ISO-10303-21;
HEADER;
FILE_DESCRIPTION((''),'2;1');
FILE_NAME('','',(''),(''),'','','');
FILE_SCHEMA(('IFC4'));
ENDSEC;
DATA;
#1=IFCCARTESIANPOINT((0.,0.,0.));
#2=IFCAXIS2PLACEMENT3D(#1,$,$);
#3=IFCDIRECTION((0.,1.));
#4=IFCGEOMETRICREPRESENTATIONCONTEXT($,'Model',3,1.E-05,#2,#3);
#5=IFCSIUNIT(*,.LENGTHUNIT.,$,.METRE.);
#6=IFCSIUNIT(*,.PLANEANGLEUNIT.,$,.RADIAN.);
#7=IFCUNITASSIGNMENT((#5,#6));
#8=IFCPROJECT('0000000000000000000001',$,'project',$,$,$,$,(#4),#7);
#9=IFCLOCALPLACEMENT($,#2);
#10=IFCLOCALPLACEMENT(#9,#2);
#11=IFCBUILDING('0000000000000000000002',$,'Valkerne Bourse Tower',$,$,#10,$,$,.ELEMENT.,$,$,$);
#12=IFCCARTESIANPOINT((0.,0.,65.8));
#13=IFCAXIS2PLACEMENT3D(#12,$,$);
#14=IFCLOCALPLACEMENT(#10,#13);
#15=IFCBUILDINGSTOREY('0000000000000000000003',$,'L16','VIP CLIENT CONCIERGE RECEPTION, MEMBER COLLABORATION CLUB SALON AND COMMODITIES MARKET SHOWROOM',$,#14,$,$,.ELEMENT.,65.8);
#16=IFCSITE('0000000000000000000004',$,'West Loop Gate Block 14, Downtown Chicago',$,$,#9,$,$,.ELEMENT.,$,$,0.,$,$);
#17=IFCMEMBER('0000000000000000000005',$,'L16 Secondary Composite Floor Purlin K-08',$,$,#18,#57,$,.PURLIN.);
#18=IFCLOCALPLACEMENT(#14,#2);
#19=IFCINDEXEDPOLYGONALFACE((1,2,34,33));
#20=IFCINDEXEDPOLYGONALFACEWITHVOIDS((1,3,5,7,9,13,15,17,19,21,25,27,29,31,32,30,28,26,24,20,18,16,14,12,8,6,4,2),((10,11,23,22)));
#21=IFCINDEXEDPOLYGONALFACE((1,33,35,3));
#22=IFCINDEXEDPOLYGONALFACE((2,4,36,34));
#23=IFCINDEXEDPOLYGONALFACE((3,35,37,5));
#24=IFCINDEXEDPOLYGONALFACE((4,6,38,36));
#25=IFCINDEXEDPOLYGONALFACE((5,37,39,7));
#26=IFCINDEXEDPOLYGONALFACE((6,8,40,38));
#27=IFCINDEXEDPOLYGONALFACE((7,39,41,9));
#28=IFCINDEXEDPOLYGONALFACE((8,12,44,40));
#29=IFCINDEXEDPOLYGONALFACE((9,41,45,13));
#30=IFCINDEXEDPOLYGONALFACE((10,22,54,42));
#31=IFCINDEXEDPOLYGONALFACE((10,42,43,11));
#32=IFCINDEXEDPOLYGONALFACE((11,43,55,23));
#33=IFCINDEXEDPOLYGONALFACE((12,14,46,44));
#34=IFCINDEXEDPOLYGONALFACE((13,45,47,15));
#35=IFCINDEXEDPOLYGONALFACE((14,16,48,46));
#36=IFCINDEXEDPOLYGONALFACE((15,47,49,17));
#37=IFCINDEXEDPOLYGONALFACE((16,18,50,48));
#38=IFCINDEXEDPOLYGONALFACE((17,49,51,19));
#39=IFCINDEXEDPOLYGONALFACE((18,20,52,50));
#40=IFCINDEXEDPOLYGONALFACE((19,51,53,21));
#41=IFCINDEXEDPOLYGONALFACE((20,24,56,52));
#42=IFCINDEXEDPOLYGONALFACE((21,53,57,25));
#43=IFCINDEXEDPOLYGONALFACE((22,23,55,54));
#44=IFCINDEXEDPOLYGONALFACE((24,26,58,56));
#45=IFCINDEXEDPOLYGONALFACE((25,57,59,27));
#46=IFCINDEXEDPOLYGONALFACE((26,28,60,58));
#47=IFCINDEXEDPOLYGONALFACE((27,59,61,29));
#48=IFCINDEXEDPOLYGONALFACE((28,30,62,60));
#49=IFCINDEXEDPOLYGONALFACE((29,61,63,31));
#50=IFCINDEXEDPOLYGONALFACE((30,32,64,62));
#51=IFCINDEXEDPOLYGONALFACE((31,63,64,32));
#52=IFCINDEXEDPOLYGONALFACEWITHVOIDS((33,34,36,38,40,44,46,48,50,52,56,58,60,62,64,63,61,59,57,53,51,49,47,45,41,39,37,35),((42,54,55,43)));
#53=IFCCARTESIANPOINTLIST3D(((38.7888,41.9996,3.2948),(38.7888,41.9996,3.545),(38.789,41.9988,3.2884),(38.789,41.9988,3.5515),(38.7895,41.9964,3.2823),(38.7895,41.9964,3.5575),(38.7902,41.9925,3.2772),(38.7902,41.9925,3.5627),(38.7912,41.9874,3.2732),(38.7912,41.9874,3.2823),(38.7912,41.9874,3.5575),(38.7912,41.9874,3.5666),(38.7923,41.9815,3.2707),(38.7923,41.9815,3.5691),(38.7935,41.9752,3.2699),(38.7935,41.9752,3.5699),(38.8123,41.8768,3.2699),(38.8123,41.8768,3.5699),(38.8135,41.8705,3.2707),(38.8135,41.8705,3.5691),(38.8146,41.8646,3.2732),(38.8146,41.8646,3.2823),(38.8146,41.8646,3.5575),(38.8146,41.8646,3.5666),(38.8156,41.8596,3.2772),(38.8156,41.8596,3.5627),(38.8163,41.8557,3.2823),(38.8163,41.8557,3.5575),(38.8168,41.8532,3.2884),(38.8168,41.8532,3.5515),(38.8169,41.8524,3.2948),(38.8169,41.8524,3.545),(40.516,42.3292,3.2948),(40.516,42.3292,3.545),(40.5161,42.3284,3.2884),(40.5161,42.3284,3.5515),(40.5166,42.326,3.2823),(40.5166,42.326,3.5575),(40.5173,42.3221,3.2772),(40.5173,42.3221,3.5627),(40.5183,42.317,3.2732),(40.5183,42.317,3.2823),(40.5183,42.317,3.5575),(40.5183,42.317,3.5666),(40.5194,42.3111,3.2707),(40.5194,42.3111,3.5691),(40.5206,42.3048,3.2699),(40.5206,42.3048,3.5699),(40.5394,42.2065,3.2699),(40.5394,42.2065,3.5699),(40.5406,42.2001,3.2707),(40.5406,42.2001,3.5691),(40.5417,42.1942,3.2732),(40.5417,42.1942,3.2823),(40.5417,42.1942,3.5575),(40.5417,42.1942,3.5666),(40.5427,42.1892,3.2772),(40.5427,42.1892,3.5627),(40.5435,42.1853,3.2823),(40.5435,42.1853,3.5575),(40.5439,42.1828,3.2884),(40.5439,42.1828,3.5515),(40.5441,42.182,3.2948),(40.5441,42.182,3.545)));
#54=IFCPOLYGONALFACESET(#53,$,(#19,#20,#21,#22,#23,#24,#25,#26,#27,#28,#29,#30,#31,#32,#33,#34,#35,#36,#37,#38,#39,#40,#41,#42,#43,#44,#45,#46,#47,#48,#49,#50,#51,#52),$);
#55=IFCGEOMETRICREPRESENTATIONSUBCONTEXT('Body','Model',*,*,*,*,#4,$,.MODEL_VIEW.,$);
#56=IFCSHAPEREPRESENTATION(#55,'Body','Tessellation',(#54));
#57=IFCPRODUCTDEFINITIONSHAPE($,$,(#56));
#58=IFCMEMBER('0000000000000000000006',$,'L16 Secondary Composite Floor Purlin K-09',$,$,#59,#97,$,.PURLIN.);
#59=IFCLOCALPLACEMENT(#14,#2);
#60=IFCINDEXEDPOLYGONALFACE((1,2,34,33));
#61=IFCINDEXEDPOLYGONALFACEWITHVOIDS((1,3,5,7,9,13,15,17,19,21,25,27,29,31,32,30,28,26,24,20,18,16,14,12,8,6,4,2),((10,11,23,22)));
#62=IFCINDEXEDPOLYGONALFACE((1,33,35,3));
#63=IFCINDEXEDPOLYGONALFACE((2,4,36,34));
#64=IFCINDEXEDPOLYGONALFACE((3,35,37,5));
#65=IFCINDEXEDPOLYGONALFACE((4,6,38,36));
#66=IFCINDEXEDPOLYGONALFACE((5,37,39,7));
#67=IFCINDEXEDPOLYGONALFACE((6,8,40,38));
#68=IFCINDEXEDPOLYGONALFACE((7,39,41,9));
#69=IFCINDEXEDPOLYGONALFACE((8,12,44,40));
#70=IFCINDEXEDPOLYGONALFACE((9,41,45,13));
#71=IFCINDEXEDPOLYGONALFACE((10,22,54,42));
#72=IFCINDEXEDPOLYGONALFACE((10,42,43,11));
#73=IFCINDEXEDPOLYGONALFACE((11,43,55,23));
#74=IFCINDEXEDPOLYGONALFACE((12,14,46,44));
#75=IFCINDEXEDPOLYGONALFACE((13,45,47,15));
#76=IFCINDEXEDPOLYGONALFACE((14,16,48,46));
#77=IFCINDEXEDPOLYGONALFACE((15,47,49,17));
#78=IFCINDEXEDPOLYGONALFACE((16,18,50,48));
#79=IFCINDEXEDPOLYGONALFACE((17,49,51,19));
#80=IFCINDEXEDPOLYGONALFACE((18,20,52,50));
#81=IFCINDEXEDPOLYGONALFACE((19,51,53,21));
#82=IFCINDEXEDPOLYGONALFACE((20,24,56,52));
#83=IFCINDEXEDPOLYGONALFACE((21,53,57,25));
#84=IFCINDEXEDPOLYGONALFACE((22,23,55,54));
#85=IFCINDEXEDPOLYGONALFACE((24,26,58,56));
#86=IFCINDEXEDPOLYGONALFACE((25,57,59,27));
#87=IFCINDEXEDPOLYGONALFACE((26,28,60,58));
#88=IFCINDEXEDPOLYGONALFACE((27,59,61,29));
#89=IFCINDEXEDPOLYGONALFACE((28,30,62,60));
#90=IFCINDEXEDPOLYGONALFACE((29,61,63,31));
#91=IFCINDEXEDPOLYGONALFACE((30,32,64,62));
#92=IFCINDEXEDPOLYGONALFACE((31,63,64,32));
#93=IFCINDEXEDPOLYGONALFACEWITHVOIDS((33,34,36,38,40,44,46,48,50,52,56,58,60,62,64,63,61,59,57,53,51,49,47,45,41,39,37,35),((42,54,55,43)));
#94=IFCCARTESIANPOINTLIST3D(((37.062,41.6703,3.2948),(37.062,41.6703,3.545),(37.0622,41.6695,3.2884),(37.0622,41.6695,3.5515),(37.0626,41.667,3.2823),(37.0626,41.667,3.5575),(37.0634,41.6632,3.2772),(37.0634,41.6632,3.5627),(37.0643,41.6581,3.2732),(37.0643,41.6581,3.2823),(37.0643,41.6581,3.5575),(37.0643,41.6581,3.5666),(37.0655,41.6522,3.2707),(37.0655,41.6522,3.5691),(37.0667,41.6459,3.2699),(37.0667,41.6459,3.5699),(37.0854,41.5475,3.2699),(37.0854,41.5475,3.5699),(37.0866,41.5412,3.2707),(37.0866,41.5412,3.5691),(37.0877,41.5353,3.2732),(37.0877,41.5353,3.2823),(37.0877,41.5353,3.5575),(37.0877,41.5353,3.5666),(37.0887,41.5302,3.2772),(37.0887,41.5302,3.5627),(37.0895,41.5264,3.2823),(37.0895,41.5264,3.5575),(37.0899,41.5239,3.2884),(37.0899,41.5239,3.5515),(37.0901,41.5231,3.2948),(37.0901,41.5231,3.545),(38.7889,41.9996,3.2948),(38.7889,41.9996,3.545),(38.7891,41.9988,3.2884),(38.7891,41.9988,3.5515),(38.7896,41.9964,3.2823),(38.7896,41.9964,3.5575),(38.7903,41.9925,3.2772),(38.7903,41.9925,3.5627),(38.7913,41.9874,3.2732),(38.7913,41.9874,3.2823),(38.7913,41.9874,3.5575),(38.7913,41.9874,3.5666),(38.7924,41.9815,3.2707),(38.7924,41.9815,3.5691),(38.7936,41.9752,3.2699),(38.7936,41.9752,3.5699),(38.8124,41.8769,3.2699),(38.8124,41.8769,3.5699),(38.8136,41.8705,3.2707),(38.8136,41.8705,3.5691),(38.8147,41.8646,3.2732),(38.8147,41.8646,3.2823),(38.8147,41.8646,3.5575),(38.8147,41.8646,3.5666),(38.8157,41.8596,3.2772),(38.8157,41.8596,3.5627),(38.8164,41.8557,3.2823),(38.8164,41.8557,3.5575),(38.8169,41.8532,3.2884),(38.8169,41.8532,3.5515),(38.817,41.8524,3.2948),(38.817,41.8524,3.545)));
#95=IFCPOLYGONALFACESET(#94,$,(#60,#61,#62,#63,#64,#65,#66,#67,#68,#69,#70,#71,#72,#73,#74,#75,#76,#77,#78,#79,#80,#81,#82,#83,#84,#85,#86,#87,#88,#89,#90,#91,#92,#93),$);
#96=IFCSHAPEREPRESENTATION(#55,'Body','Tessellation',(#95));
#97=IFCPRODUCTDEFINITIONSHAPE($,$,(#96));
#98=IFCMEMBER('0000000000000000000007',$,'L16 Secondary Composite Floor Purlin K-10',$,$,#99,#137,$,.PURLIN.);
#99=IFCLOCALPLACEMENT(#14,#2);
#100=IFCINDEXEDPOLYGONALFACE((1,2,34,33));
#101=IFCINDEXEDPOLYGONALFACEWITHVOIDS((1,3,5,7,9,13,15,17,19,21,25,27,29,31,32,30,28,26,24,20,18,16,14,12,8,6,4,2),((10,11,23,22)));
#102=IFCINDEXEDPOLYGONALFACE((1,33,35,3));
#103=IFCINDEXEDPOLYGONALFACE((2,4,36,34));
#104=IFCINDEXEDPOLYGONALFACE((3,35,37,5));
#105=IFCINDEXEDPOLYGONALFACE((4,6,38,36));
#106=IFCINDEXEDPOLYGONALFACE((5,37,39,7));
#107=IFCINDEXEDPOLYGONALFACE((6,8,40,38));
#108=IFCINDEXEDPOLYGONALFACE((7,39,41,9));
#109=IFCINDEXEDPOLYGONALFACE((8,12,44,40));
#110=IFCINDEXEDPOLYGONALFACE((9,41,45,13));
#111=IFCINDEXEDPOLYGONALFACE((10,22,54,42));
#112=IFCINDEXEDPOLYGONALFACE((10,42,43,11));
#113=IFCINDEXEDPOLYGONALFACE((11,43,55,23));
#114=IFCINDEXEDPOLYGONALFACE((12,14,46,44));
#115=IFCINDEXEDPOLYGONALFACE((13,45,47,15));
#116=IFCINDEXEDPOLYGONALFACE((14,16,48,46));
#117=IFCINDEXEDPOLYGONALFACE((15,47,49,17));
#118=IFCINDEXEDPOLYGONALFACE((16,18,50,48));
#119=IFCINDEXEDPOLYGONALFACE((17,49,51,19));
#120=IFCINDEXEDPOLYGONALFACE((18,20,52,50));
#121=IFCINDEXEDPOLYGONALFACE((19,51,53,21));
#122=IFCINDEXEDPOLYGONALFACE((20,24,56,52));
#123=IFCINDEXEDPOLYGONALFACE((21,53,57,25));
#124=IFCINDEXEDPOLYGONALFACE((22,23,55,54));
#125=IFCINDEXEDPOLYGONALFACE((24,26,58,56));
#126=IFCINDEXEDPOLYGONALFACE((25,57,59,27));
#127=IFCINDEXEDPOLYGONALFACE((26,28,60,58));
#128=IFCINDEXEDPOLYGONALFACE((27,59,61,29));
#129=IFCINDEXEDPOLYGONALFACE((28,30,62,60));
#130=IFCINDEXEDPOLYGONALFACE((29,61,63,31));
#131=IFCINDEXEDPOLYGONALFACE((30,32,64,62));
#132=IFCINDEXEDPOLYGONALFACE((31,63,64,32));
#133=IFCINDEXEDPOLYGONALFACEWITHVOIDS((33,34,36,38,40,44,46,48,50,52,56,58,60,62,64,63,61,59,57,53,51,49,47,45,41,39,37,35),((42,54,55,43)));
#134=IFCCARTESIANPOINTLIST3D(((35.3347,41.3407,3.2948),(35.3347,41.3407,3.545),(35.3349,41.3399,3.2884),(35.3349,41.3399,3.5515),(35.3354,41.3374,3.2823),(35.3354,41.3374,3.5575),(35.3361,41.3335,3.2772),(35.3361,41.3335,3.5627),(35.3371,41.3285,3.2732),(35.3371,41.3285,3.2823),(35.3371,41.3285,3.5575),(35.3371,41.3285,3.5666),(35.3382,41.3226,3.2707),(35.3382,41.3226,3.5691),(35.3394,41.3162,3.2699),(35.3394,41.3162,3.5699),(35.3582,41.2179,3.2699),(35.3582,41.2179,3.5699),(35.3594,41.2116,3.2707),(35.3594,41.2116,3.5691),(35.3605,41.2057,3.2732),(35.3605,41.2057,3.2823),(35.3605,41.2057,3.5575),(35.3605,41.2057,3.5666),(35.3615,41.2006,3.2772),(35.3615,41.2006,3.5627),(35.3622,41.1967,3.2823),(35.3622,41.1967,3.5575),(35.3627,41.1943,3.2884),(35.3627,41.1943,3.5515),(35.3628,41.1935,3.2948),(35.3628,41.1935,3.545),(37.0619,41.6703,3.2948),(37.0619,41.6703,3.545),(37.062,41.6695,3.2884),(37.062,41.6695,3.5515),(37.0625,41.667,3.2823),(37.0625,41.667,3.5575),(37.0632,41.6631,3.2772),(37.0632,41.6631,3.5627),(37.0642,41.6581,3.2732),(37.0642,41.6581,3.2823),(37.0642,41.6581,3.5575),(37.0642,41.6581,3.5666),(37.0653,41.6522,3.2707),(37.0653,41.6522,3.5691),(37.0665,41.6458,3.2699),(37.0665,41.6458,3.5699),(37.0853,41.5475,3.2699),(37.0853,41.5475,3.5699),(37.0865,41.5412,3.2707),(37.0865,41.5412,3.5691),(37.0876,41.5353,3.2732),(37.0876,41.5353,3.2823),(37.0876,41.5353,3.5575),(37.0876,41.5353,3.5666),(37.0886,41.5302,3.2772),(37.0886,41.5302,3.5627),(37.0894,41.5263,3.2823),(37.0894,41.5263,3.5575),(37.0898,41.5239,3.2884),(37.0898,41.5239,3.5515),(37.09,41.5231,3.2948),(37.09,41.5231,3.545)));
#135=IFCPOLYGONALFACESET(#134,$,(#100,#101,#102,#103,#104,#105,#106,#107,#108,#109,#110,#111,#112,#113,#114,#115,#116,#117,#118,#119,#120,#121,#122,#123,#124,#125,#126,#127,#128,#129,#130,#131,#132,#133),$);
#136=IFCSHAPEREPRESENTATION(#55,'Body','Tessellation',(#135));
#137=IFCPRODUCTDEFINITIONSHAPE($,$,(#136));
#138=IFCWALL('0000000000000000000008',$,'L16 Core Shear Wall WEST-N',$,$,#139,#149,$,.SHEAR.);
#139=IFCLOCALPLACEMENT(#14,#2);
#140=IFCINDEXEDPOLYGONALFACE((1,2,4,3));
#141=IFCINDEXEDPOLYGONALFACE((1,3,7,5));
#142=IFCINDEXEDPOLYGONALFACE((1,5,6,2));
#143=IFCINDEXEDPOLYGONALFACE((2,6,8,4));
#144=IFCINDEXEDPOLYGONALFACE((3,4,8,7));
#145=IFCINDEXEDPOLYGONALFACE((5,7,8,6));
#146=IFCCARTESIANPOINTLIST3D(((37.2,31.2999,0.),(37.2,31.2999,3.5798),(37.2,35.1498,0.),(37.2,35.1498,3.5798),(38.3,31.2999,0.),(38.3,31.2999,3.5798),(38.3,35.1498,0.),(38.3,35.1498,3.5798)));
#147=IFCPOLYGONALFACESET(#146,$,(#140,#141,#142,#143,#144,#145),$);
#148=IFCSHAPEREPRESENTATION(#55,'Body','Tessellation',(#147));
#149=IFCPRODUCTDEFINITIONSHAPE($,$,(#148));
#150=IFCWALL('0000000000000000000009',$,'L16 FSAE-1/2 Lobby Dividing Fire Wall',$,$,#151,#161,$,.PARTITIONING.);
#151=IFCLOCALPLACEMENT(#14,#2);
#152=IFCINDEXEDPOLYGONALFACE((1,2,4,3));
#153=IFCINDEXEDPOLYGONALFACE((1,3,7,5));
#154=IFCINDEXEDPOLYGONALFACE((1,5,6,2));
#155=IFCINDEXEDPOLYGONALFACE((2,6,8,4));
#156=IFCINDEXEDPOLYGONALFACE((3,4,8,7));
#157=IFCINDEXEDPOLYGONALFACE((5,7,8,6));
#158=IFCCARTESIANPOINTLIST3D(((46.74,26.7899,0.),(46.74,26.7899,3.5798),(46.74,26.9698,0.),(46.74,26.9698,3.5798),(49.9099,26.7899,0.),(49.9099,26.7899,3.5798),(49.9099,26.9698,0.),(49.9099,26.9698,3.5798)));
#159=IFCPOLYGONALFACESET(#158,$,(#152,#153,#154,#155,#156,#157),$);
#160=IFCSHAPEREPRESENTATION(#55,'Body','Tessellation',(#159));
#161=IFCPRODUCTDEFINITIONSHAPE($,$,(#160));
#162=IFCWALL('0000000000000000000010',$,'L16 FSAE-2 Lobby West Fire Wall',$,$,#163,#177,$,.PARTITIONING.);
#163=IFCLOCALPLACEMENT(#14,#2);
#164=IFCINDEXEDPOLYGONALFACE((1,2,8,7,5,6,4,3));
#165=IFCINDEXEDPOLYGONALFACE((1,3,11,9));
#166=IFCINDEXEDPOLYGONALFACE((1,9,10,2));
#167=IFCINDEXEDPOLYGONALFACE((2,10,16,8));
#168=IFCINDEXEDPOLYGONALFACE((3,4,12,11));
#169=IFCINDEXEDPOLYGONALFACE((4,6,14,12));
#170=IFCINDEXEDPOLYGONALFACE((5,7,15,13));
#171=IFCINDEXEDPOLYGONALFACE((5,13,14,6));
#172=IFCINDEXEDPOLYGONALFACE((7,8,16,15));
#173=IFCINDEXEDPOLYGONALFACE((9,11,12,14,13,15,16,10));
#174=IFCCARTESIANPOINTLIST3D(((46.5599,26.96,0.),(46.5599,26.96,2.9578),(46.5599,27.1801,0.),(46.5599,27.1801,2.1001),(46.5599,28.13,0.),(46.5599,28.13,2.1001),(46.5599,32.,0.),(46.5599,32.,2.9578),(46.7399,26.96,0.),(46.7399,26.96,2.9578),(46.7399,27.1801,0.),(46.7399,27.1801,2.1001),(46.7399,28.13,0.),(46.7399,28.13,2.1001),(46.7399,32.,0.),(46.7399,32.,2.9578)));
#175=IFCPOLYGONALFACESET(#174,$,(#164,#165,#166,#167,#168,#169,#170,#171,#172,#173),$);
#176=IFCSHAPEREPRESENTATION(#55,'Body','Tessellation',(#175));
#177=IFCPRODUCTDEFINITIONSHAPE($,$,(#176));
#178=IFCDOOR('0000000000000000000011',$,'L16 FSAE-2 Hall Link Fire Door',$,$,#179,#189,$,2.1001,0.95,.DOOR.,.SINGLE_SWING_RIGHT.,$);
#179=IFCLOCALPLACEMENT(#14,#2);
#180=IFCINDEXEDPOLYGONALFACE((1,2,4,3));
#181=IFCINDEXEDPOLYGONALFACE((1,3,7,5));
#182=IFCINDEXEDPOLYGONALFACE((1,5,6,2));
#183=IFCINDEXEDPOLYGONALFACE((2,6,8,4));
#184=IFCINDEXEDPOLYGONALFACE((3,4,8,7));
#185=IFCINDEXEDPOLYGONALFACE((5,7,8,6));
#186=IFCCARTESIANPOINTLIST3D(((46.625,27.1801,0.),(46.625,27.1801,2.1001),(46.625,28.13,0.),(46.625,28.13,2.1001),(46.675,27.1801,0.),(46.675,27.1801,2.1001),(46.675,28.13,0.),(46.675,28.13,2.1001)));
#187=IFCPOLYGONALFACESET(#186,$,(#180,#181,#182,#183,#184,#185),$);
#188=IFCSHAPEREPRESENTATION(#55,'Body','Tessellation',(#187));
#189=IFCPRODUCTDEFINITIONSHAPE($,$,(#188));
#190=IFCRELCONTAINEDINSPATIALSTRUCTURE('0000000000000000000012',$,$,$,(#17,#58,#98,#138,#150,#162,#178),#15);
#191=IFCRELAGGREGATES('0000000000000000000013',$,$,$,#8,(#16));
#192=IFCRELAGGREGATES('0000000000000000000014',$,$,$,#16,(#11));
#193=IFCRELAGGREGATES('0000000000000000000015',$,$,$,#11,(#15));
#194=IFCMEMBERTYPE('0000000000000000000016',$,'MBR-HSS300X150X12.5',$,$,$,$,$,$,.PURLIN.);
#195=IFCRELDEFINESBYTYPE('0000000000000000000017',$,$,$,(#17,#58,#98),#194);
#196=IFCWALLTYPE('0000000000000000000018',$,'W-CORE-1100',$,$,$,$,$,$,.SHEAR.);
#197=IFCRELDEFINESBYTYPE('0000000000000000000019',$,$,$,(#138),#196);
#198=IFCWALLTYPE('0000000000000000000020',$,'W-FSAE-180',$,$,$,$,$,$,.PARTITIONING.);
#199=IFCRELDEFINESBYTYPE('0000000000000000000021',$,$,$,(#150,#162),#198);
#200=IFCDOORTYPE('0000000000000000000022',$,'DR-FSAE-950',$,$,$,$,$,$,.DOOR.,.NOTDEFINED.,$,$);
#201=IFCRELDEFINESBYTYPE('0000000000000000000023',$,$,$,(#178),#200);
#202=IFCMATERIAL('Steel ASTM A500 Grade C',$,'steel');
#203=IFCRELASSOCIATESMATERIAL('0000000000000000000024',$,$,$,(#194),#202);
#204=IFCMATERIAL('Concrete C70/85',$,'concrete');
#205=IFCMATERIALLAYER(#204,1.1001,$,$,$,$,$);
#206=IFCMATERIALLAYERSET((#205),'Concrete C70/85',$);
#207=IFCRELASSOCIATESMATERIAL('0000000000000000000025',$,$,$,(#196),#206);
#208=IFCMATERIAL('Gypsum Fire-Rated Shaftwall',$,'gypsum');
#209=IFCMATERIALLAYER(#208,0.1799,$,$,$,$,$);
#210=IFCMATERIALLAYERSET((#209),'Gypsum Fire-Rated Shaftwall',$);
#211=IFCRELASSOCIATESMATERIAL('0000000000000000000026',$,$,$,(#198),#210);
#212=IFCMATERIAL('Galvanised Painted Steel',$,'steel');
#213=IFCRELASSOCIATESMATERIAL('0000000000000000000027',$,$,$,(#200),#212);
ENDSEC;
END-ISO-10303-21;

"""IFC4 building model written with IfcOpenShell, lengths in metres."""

from ifc_helpers import new_model, si_unit, direction, frame, frame_2d, origin, origin_2d, place, context, subcontext, project, spatial, rectangle, hollow_rectangle, extrude, material, layer, layer_set, material_profile, profile_set, type_object, element, fill, save


model = new_model("IFC4")

# Units and contexts
model_context = context("Model", 3, precision=1e-05, world=origin(), true_north=direction((0.0, 1.0)))
body_context = subcontext(model_context, "Body", "Model", "MODEL_VIEW")
ifc_project = project(units=[si_unit("LENGTHUNIT", "METRE"), si_unit("PLANEANGLEUNIT", "RADIAN")], contexts=[model_context])

# Site, building, storey
site_placement = place(None, origin())
site = spatial("IfcSite", under=ifc_project, at=site_placement, Name="West Loop Gate Block 14, Downtown Chicago", CompositionType="ELEMENT", RefElevation=0.0)
building_placement = place(site_placement, origin())
building = spatial("IfcBuilding", under=site, at=building_placement, Name="Valkerne Bourse Tower", CompositionType="ELEMENT")
storey_placement = place(building_placement, frame((0.0, 0.0, 65.8)))
storey = spatial("IfcBuildingStorey", under=building, at=storey_placement, Name="L16", Description="VIP CLIENT CONCIERGE RECEPTION, MEMBER COLLABORATION CLUB SALON AND COMMODITIES MARKET SHOWROOM", CompositionType="ELEMENT", Elevation=65.8)

# Members
ifc_material_1 = material(Name="Steel ASTM A500 Grade C", Category="steel")
ifc_material_profile_1 = material_profile(ifc_material_1, hollow_rectangle(XDim=0.1499, YDim=0.3, WallThickness=0.0125, OuterFilletRadius=0.0249, at=origin_2d()), Name="HSS300X150X12.5")
ifc_profile_set_1 = profile_set([ifc_material_profile_1], Name="Steel ASTM A500 Grade C")
member_type = type_object("IfcMemberType", Name="MBR-HSS300X150X12.5", PredefinedType="PURLIN", material=ifc_profile_set_1)
member_1_placement = place(storey_placement, frame((40.53, 42.2556, 3.4199), z_axis=(-0.982273, -0.187457, 0.0), x_axis=(0.187457, -0.982273, 0.0)))
element("IfcMember", 1, at=member_1_placement, inside=storey, type_object=member_type, Name="L16 Secondary Composite Floor Purlin K-08", PredefinedType="PURLIN", context=body_context, shape_type="SweptSolid", body=[
    extrude(hollow_rectangle(XDim=0.1499, YDim=0.3, WallThickness=0.0125, OuterFilletRadius=0.0249, at=origin_2d()), origin(), (0.0, 0.0, 1.0), 1.7583),
])
member_2_placement = place(storey_placement, frame((38.803, 41.926, 3.4199), z_axis=(-0.982298, -0.187323, 0.0), x_axis=(0.187323, -0.982298, 0.0)))
element("IfcMember", 2, at=member_2_placement, inside=storey, type_object=member_type, Name="L16 Secondary Composite Floor Purlin K-09", PredefinedType="PURLIN", context=body_context, shape_type="SweptSolid", body=[
    extrude(hollow_rectangle(XDim=0.1499, YDim=0.3, WallThickness=0.0125, OuterFilletRadius=0.0249, at=origin_2d()), origin(), (0.0, 0.0, 1.0), 1.7581),
])
member_3_placement = place(storey_placement, frame((37.0759, 41.5967, 3.4199), z_axis=(-0.982273, -0.187457, 0.0), x_axis=(0.187457, -0.982273, 0.0)))
element("IfcMember", 3, at=member_3_placement, inside=storey, type_object=member_type, Name="L16 Secondary Composite Floor Purlin K-10", PredefinedType="PURLIN", context=body_context, shape_type="SweptSolid", body=[
    extrude(hollow_rectangle(XDim=0.1499, YDim=0.3, WallThickness=0.0125, OuterFilletRadius=0.0249, at=origin_2d()), origin(), (0.0, 0.0, 1.0), 1.7583),
])

# Shared definitions
ifc_material_2 = material(Name="Concrete C70/85", Category="concrete")
ifc_layer_1 = layer(ifc_material_2, 1.1001)
ifc_layer_set_1 = layer_set([ifc_layer_1], Name="Concrete C70/85")
wall_type_1 = type_object("IfcWallType", Name="W-CORE-1100", PredefinedType="SHEAR", material=ifc_layer_set_1)
ifc_material_3 = material(Name="Galvanised Painted Steel", Category="steel")

# Walls
wall_1_placement = place(storey_placement, frame((37.75, 31.3, 0.0), z_axis=(0.0, 0.0, 1.0), x_axis=(0.0, 1.0, 0.0)))
element("IfcWall", 4, at=wall_1_placement, inside=storey, type_object=wall_type_1, Name="L16 Core Shear Wall WEST-N", PredefinedType="SHEAR", context=body_context, shape_type="SweptSolid", body=[
    extrude(rectangle(XDim=3.8499, YDim=1.1001, at=frame_2d((1.9248, 0.0))), origin(), (0.0, 0.0, 1.0), 3.5798),
])
ifc_material_4 = material(Name="Gypsum Fire-Rated Shaftwall", Category="gypsum")
ifc_layer_2 = layer(ifc_material_4, 0.1799)
ifc_layer_set_2 = layer_set([ifc_layer_2], Name="Gypsum Fire-Rated Shaftwall")
wall_type_2 = type_object("IfcWallType", Name="W-FSAE-180", PredefinedType="PARTITIONING", material=ifc_layer_set_2)
wall_2_placement = place(storey_placement, frame((46.74, 26.8799, 0.0), z_axis=(0.0, 0.0, 1.0), x_axis=(1.0, 0.0, 0.0)))
element("IfcWall", 5, at=wall_2_placement, inside=storey, type_object=wall_type_2, Name="L16 FSAE-1/2 Lobby Dividing Fire Wall", PredefinedType="PARTITIONING", context=body_context, shape_type="SweptSolid", body=[
    extrude(rectangle(XDim=3.1699, YDim=0.1799, at=frame_2d((1.585, 0.0))), origin(), (0.0, 0.0, 1.0), 3.5798),
])

# Wall, opening, door
wall_3_placement = place(storey_placement, frame((46.6499, 26.96, 0.0), z_axis=(0.0, 0.0, 1.0), x_axis=(0.0, 1.0, 0.0)))
wall_3 = element("IfcWall", 6, at=wall_3_placement, inside=storey, type_object=wall_type_2, Name="L16 FSAE-2 Lobby West Fire Wall", PredefinedType="PARTITIONING", context=body_context, shape_type="SweptSolid", body=[
    extrude(rectangle(XDim=5.04, YDim=0.1799, at=frame_2d((2.52, 0.0))), origin(), (0.0, 0.0, 1.0), 2.9578),
])
opening_1_placement = place(wall_3_placement, frame((0.22, 0.0, 0.0)))
opening_1 = element("IfcOpeningElement", 7, at=opening_1_placement, cuts=wall_3, PredefinedType="OPENING", context=body_context, shape_type="SweptSolid", body=[
    extrude(rectangle(XDim=0.95, YDim=2.1001, at=frame_2d((0.4751, 1.05))), frame((0.0, 0.0999, 0.0), z_axis=(0.0, -1.0, 0.0), x_axis=(1.0, 0.0, 0.0)), (0.0, 0.0, 1.0), 0.2),
])
door_type_1 = type_object("IfcDoorType", Name="DR-FSAE-950", OperationType="NOTDEFINED", PredefinedType="DOOR", material=ifc_material_3)
door_1_placement = place(opening_1_placement, origin())
door_1 = element("IfcDoor", 8, at=door_1_placement, inside=storey, type_object=door_type_1, Name="L16 FSAE-2 Hall Link Fire Door", OperationType="SINGLE_SWING_RIGHT", OverallHeight=2.1001, OverallWidth=0.95, PredefinedType="DOOR", context=body_context, shape_type="SweptSolid", body=[
    extrude(rectangle(XDim=0.95, YDim=2.1001, at=frame_2d((0.4751, 1.05))), frame((0.0, 0.0249, 0.0), z_axis=(0.0, -1.0, 0.0), x_axis=(1.0, 0.0, 0.0)), (0.0, 0.0, 1.0), 0.05),
])
fill(opening_1, door_1)

save(model, "model.ifc")
